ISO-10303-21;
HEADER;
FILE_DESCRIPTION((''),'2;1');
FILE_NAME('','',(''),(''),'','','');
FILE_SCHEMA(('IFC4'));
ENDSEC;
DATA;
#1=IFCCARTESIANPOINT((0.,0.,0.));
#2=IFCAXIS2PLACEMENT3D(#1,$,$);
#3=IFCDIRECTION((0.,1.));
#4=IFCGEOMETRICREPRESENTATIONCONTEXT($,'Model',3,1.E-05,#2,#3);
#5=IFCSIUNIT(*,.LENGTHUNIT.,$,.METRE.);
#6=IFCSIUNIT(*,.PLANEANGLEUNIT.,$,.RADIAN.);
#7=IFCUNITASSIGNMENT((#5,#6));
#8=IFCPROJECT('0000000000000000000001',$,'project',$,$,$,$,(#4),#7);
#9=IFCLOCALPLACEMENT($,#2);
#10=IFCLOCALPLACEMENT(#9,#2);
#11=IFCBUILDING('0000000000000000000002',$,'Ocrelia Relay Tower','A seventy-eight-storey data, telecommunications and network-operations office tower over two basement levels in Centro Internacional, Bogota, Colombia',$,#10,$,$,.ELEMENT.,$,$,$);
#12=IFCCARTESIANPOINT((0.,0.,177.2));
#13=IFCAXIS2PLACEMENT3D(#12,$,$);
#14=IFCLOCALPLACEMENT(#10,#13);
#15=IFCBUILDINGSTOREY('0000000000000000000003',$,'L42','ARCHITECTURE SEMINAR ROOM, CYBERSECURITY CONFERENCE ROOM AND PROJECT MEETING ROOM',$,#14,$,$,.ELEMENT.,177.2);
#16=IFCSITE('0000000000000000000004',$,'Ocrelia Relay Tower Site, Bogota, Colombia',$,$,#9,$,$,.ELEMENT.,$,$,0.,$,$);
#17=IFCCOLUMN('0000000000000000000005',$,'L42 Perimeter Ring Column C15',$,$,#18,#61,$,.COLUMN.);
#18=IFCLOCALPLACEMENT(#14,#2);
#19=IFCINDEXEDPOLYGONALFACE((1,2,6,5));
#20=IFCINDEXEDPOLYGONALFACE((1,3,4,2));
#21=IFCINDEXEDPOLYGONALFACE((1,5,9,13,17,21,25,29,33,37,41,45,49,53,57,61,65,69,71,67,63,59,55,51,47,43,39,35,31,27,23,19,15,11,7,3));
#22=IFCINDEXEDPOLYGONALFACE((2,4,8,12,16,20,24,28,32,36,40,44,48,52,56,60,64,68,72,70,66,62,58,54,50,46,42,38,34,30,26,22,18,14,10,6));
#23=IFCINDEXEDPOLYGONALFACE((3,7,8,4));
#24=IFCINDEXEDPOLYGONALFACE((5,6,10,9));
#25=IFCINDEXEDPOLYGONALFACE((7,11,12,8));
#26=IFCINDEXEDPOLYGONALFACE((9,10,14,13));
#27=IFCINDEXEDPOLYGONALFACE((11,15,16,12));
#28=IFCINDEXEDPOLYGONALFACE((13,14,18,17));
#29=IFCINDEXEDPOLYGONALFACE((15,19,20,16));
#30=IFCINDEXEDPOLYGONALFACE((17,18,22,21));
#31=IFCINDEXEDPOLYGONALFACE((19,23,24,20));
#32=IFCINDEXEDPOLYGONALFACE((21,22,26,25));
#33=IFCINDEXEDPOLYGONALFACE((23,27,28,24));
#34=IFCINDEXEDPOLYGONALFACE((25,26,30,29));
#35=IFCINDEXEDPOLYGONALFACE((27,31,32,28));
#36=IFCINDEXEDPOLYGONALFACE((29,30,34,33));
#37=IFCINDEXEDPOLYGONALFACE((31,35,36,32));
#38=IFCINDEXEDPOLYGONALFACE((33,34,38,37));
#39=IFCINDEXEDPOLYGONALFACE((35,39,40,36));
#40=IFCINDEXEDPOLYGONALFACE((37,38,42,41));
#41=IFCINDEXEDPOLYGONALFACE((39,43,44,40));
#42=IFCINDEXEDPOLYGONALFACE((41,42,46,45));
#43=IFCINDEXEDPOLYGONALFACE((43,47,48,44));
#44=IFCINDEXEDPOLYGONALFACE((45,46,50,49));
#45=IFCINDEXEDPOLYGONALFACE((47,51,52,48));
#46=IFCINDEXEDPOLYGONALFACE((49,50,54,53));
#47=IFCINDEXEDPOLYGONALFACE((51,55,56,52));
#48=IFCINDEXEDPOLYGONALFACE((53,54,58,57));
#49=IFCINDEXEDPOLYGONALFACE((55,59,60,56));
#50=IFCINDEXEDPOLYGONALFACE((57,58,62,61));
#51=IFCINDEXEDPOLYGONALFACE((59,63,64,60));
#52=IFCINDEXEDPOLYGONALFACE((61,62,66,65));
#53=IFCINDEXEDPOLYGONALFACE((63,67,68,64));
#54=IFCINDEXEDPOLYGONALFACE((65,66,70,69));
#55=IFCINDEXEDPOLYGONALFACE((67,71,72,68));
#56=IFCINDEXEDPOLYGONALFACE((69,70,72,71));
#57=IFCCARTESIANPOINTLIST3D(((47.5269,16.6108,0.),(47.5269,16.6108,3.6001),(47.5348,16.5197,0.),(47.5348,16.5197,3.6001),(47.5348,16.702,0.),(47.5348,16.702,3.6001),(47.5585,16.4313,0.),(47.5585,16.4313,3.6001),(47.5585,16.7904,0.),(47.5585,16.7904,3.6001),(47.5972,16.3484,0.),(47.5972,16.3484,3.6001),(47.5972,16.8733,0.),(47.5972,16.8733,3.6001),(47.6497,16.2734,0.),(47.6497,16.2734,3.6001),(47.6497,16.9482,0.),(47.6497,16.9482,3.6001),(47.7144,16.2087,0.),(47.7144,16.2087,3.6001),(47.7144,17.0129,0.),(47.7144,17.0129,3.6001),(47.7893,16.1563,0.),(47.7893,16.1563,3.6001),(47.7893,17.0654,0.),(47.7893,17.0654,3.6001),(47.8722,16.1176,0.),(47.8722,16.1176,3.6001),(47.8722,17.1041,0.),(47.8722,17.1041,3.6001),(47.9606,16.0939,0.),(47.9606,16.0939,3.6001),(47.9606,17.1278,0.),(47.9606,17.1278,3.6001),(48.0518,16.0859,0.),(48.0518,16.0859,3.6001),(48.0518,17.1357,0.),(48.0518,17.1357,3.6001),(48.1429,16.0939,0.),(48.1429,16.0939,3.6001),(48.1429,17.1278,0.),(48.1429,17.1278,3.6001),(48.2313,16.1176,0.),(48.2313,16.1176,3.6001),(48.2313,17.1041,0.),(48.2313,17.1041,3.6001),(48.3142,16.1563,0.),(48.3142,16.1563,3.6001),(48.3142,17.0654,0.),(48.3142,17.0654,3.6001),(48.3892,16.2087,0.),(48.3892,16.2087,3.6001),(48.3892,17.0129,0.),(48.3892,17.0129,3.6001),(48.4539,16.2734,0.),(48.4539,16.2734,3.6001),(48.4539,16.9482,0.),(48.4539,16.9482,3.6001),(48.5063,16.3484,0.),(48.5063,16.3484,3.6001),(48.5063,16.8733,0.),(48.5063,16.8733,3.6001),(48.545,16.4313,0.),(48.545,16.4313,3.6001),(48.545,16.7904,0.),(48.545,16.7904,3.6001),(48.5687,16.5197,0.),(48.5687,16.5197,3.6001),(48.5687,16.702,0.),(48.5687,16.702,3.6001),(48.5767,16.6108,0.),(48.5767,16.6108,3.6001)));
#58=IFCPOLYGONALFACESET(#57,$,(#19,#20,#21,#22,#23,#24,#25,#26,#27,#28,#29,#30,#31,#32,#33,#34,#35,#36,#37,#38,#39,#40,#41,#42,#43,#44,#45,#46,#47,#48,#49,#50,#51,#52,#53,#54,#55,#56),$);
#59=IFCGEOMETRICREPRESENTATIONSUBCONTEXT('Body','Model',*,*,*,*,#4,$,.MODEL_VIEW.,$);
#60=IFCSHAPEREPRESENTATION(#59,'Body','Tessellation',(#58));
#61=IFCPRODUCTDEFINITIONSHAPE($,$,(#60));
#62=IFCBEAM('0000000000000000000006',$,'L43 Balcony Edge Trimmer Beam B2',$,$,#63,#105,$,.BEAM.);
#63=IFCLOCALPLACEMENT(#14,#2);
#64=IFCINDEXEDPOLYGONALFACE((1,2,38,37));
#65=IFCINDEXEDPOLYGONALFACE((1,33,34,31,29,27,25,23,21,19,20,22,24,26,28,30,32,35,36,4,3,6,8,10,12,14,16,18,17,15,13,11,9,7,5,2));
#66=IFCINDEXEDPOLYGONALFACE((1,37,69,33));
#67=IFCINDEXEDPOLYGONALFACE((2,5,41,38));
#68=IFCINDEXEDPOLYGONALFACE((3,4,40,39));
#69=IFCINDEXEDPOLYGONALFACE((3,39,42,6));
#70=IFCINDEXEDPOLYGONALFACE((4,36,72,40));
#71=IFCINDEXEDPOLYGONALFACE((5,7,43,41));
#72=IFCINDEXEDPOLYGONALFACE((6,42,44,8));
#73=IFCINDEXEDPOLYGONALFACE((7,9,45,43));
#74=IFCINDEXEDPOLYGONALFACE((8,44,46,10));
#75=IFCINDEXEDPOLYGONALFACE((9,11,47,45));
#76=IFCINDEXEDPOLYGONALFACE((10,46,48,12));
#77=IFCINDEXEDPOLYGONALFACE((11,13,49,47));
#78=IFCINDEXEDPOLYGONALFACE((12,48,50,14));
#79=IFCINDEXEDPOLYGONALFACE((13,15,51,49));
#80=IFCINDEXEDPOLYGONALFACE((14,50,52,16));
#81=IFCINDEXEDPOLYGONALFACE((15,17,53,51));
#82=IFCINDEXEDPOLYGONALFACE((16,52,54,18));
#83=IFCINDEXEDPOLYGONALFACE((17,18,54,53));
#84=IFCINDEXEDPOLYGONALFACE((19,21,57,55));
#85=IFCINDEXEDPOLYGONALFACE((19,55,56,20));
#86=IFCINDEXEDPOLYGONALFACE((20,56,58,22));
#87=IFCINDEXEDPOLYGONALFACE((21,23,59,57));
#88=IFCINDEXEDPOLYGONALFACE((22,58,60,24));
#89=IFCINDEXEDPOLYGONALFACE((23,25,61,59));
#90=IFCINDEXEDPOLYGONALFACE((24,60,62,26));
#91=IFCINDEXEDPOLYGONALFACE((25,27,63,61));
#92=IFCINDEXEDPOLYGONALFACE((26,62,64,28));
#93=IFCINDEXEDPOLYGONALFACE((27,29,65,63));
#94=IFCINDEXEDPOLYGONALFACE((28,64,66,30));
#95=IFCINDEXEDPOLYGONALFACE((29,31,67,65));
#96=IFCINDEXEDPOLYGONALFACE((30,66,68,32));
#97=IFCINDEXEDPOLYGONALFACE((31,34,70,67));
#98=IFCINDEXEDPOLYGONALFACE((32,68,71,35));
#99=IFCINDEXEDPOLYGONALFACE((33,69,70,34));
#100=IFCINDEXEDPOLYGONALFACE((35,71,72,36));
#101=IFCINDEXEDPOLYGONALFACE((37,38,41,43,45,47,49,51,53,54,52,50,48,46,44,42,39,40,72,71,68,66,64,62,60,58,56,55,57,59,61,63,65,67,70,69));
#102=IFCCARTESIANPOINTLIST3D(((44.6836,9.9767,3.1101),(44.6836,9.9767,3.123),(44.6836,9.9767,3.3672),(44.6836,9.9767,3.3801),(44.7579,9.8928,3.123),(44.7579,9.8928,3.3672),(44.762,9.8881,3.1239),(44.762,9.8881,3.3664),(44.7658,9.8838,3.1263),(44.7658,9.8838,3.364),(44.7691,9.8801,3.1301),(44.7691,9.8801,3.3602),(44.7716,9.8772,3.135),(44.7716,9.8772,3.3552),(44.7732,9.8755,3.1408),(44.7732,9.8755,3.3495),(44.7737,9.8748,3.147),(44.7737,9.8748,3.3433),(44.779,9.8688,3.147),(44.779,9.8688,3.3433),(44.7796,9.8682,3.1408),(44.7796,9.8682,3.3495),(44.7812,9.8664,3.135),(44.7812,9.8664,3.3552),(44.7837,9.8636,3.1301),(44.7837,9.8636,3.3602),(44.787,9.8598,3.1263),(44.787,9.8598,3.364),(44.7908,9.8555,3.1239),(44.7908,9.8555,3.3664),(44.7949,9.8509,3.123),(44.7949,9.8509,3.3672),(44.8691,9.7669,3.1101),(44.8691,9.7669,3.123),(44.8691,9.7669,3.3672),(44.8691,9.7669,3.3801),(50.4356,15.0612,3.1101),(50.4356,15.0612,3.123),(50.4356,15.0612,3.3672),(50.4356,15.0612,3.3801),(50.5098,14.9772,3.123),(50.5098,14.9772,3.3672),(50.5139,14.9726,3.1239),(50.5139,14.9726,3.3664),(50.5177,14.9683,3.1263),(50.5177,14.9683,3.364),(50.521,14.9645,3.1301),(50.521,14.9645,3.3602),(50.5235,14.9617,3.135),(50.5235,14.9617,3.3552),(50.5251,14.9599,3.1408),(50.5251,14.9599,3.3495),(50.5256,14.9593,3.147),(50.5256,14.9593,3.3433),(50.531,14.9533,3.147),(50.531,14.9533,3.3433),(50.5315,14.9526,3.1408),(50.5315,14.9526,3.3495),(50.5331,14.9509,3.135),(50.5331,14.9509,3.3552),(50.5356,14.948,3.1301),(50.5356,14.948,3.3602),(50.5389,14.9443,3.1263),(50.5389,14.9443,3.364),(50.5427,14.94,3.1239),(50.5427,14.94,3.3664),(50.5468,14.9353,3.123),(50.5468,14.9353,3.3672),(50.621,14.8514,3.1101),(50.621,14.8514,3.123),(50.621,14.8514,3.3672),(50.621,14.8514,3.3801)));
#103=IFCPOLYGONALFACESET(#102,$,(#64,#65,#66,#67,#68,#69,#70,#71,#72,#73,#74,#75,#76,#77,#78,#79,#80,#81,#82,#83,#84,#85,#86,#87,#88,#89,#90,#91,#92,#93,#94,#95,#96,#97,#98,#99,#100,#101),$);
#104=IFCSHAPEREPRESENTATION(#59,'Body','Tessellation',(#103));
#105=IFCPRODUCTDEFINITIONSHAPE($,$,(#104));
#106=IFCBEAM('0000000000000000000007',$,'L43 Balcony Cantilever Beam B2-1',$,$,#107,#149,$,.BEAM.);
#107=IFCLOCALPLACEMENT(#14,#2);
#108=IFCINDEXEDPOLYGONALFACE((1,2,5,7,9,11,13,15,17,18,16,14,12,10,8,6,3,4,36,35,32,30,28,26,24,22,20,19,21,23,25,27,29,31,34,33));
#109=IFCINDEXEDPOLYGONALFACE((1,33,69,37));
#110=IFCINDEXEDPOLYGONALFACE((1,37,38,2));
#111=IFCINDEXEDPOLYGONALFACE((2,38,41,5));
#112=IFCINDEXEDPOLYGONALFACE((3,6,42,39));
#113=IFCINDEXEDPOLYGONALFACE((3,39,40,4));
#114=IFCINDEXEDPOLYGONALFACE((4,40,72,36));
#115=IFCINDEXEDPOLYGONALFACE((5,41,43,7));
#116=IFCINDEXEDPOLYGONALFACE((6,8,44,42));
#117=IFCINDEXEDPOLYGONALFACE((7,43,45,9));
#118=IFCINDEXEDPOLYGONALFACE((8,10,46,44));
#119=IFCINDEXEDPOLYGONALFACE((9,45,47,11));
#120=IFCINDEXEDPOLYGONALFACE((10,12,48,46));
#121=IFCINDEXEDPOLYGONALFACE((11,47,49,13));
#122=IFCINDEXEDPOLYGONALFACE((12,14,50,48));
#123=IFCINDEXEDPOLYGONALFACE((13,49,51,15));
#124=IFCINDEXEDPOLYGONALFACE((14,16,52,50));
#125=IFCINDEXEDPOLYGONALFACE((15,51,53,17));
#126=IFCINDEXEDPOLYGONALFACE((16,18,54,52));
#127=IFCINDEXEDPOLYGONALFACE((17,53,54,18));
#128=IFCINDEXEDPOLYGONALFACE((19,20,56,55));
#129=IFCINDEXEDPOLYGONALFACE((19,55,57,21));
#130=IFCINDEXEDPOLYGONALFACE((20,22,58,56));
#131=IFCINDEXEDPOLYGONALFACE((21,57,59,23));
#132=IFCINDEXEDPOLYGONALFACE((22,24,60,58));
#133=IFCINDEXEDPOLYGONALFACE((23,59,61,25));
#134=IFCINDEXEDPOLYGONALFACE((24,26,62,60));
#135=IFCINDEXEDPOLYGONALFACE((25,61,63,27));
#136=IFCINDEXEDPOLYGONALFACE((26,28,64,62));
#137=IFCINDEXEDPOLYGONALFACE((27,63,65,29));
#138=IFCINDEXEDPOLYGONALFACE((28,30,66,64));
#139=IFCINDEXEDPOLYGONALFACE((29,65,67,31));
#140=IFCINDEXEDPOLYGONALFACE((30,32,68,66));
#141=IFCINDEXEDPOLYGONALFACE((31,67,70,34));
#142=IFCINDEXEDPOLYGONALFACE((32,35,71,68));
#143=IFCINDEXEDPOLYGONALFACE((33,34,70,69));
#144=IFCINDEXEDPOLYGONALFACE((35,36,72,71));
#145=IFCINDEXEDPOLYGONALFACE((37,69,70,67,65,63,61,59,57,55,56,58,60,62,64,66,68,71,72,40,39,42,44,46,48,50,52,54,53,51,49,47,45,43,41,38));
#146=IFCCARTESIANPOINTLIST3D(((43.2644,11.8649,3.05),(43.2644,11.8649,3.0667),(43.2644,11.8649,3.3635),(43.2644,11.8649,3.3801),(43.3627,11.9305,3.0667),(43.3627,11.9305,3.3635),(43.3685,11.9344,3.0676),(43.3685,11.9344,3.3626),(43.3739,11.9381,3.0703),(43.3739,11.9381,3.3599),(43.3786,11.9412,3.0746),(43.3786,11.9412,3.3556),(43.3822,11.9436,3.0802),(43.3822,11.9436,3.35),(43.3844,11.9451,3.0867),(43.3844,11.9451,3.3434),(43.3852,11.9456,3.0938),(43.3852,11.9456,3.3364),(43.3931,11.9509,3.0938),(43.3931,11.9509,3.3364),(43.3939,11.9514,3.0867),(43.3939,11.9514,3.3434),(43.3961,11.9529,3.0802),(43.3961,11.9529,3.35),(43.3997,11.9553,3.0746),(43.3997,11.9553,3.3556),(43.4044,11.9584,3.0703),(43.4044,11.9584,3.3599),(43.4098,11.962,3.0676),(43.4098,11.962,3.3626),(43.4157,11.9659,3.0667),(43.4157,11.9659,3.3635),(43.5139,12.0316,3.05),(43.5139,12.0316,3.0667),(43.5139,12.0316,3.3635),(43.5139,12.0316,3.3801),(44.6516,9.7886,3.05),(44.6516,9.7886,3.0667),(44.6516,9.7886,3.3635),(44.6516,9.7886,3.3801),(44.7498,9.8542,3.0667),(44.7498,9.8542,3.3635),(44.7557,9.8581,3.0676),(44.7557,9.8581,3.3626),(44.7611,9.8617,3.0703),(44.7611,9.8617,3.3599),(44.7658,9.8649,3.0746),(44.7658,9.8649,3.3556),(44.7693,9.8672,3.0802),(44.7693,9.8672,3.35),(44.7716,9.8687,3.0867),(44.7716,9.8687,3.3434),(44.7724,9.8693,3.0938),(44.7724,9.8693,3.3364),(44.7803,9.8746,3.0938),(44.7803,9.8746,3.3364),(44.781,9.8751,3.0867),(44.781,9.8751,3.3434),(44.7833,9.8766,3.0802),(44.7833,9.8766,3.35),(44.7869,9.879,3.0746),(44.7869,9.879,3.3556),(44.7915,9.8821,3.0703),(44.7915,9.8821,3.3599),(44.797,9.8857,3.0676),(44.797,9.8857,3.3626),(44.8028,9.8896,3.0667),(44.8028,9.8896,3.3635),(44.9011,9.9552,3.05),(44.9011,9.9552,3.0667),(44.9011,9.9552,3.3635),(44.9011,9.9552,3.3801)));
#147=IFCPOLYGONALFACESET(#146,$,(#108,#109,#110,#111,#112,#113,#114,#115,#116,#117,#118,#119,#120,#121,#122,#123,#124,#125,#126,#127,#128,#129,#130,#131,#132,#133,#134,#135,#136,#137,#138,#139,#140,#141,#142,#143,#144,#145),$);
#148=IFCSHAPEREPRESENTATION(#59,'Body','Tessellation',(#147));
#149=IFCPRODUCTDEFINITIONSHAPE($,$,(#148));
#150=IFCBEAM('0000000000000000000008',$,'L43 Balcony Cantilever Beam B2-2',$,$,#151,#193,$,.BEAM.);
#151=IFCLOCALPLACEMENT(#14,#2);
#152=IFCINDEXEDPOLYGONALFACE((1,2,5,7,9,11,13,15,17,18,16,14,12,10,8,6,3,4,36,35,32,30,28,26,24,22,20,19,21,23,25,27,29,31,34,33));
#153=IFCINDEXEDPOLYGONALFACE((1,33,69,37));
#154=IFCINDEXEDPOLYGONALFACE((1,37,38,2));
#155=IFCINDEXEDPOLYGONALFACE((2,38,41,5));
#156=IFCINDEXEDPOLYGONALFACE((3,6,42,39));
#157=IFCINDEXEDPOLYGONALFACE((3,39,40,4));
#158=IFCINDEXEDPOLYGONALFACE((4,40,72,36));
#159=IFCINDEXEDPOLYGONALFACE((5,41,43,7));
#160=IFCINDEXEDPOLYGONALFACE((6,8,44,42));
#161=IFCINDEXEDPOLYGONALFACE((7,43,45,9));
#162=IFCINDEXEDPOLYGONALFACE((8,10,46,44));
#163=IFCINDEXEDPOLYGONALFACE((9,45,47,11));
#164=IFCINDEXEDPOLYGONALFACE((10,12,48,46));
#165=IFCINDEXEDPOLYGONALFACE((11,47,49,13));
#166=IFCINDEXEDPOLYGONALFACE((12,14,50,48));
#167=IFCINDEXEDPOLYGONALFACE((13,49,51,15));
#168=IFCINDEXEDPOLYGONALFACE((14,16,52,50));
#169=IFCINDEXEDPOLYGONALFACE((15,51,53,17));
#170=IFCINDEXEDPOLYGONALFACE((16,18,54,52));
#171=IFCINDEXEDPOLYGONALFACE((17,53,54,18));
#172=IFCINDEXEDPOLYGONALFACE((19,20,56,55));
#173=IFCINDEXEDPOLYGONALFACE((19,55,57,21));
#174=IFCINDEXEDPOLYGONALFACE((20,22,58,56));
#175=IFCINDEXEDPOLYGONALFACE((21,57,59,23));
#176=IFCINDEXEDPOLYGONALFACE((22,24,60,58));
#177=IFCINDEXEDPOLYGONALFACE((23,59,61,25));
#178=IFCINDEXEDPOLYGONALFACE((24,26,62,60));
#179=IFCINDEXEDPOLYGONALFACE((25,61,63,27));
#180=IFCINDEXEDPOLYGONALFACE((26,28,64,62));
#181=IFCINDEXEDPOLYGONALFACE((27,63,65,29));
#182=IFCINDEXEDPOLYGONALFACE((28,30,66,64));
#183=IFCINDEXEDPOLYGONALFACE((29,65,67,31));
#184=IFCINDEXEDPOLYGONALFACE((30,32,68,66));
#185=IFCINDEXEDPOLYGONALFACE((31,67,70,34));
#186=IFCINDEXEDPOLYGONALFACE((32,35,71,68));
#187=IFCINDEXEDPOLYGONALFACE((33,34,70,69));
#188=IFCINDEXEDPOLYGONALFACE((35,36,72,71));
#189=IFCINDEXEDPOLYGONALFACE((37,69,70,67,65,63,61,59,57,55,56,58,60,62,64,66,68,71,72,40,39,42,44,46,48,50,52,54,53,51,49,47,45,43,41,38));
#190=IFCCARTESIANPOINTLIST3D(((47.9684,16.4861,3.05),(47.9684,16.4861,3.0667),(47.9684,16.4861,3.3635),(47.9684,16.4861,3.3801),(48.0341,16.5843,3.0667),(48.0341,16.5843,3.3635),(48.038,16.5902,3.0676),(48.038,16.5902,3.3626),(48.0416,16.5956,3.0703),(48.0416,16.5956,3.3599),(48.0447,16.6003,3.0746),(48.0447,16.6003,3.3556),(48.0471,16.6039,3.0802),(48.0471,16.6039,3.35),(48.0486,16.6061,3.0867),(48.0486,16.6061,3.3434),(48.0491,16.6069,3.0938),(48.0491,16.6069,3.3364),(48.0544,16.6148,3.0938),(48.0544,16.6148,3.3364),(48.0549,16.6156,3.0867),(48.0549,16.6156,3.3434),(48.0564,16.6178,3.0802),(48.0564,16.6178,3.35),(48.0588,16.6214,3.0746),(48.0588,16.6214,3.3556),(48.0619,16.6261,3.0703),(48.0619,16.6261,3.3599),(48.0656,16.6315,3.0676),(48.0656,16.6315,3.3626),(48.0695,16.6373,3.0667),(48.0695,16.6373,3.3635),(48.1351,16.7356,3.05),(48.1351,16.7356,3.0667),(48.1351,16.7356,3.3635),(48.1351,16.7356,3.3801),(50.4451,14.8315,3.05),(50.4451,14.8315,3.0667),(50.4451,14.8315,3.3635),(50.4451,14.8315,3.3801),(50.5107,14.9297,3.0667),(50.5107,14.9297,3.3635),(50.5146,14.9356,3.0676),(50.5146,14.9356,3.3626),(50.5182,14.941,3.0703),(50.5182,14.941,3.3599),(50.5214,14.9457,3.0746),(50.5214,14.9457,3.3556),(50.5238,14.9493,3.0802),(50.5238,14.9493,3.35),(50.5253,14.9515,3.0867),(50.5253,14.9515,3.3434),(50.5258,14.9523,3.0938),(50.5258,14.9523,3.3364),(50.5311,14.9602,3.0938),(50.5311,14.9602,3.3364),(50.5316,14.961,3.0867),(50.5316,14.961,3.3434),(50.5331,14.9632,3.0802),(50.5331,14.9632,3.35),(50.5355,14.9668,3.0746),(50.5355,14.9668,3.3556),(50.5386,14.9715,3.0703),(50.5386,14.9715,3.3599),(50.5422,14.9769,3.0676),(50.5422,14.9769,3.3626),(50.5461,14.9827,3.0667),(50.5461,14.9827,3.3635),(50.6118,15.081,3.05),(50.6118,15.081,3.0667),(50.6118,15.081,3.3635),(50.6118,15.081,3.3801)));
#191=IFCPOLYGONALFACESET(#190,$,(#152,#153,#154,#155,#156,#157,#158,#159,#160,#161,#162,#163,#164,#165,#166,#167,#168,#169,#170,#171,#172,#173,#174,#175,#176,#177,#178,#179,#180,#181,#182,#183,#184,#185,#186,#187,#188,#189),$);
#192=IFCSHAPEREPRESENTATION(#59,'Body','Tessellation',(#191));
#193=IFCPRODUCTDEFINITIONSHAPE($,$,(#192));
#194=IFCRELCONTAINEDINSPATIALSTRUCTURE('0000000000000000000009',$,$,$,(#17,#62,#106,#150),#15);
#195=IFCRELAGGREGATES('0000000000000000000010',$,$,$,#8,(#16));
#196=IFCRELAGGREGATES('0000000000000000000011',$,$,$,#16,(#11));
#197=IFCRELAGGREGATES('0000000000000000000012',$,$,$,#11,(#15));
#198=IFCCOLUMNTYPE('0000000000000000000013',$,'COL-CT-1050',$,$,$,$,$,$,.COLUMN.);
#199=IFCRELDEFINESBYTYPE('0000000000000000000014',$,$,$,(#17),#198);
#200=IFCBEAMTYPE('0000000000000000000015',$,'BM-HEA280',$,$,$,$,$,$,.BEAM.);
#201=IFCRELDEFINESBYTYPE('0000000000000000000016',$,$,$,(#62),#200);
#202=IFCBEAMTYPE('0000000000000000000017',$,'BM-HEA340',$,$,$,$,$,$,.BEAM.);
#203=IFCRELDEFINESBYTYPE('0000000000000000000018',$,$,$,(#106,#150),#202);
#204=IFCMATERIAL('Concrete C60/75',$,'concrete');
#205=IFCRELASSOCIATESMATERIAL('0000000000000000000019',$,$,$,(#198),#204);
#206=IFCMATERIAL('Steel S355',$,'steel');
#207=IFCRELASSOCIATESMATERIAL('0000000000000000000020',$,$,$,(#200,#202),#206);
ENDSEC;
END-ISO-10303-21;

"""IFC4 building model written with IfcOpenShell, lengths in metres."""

from ifc_helpers import new_model, si_unit, direction, frame, origin, origin_2d, place, context, subcontext, project, spatial, circle, i_section, extrude, material, material_profile, profile_set, type_object, element, save


model = new_model("IFC4")

# Units and contexts
model_context = context("Model", 3, precision=1e-05, world=origin(), true_north=direction((0.0, 1.0)))
body_context = subcontext(model_context, "Body", "Model", "MODEL_VIEW")
ifc_project = project(units=[si_unit("LENGTHUNIT", "METRE"), si_unit("PLANEANGLEUNIT", "RADIAN")], contexts=[model_context])

# Site, building, storey
site_placement = place(None, origin())
site = spatial("IfcSite", under=ifc_project, at=site_placement, Name="Ocrelia Relay Tower Site, Bogota, Colombia", CompositionType="ELEMENT", RefElevation=0.0)
building_placement = place(site_placement, origin())
building = spatial("IfcBuilding", under=site, at=building_placement, Name="Ocrelia Relay Tower", Description="A seventy-eight-storey data, telecommunications and network-operations office tower over two basement levels in Centro Internacional, Bogota, Colombia", CompositionType="ELEMENT")
storey_placement = place(building_placement, frame((0.0, 0.0, 177.2)))
storey = spatial("IfcBuildingStorey", under=building, at=storey_placement, Name="L42", Description="ARCHITECTURE SEMINAR ROOM, CYBERSECURITY CONFERENCE ROOM AND PROJECT MEETING ROOM", CompositionType="ELEMENT", Elevation=177.2)

# Column
ifc_material_1 = material(Name="Concrete C60/75", Category="concrete")
ifc_material_profile_1 = material_profile(ifc_material_1, circle(Radius=0.5249, at=origin_2d()), Name="RC-CIR-1050")
ifc_profile_set_1 = profile_set([ifc_material_profile_1], Name="Concrete C60/75")
column_type = type_object("IfcColumnType", Name="COL-CT-1050", PredefinedType="COLUMN", material=ifc_profile_set_1)
column_placement = place(storey_placement, frame((48.0518, 16.6108, 0.0), z_axis=(0.0, 0.0, 1.0), x_axis=(1.0, 0.0, 0.0)))
element("IfcColumn", 1, at=column_placement, inside=storey, type_object=column_type, Name="L42 Perimeter Ring Column C15", PredefinedType="COLUMN", context=body_context, shape_type="SweptSolid", body=[
    extrude(circle(Radius=0.5249, at=origin_2d()), origin(), (0.0, 0.0, 1.0), 3.6001),
])

# Beams
ifc_material_2 = material(Name="Steel S355", Category="steel")
ifc_material_profile_2 = material_profile(ifc_material_2, i_section(OverallWidth=0.28, OverallDepth=0.27, WebThickness=0.0081, FlangeThickness=0.0129, FilletRadius=0.0239, at=origin_2d()), Name="HEA 280")
ifc_profile_set_2 = profile_set([ifc_material_profile_2], Name="Steel S355")
beam_type_1 = type_object("IfcBeamType", Name="BM-HEA280", PredefinedType="BEAM", material=ifc_profile_set_2)
beam_1_placement = place(storey_placement, frame((44.7764, 9.8718, 3.2451), z_axis=(0.749242, 0.662297, 0.0), x_axis=(-0.662297, 0.749242, 0.0)))
element("IfcBeam", 2, at=beam_1_placement, inside=storey, type_object=beam_type_1, Name="L43 Balcony Edge Trimmer Beam B2", PredefinedType="BEAM", context=body_context, shape_type="SweptSolid", body=[
    extrude(i_section(OverallWidth=0.28, OverallDepth=0.27, WebThickness=0.0081, FlangeThickness=0.0129, FilletRadius=0.0239, at=origin_2d()), origin(), (0.0, 0.0, 1.0), 7.677),
])
ifc_material_profile_3 = material_profile(ifc_material_2, i_section(OverallWidth=0.3, OverallDepth=0.3301, WebThickness=0.0095, FlangeThickness=0.0166, FilletRadius=0.0271, at=origin_2d()), Name="HEA 340")
ifc_profile_set_3 = profile_set([ifc_material_profile_3], Name="Steel S355")
beam_type_2 = type_object("IfcBeamType", Name="BM-HEA340", PredefinedType="BEAM", material=ifc_profile_set_3)
beam_2_placement = place(storey_placement, frame((43.3892, 11.9482, 3.2151), z_axis=(0.555512, -0.831508, 0.0), x_axis=(0.831508, 0.555512, 0.0)))
element("IfcBeam", 3, at=beam_2_placement, inside=storey, type_object=beam_type_2, Name="L43 Balcony Cantilever Beam B2-1", PredefinedType="BEAM", context=body_context, shape_type="SweptSolid", body=[
    extrude(i_section(OverallWidth=0.3, OverallDepth=0.3301, WebThickness=0.0095, FlangeThickness=0.0166, FilletRadius=0.0271, at=origin_2d()), origin(), (0.0, 0.0, 1.0), 2.4971),
])
beam_3_placement = place(storey_placement, frame((48.0518, 16.6108, 3.2151), z_axis=(0.831508, -0.555513, 0.0), x_axis=(0.555513, 0.831508, 0.0)))
element("IfcBeam", 4, at=beam_3_placement, inside=storey, type_object=beam_type_2, Name="L43 Balcony Cantilever Beam B2-2", PredefinedType="BEAM", context=body_context, shape_type="SweptSolid", body=[
    extrude(i_section(OverallWidth=0.3, OverallDepth=0.3301, WebThickness=0.0095, FlangeThickness=0.0166, FilletRadius=0.0271, at=origin_2d()), origin(), (0.0, 0.0, 1.0), 2.9785),
])

save(model, "model.ifc")
